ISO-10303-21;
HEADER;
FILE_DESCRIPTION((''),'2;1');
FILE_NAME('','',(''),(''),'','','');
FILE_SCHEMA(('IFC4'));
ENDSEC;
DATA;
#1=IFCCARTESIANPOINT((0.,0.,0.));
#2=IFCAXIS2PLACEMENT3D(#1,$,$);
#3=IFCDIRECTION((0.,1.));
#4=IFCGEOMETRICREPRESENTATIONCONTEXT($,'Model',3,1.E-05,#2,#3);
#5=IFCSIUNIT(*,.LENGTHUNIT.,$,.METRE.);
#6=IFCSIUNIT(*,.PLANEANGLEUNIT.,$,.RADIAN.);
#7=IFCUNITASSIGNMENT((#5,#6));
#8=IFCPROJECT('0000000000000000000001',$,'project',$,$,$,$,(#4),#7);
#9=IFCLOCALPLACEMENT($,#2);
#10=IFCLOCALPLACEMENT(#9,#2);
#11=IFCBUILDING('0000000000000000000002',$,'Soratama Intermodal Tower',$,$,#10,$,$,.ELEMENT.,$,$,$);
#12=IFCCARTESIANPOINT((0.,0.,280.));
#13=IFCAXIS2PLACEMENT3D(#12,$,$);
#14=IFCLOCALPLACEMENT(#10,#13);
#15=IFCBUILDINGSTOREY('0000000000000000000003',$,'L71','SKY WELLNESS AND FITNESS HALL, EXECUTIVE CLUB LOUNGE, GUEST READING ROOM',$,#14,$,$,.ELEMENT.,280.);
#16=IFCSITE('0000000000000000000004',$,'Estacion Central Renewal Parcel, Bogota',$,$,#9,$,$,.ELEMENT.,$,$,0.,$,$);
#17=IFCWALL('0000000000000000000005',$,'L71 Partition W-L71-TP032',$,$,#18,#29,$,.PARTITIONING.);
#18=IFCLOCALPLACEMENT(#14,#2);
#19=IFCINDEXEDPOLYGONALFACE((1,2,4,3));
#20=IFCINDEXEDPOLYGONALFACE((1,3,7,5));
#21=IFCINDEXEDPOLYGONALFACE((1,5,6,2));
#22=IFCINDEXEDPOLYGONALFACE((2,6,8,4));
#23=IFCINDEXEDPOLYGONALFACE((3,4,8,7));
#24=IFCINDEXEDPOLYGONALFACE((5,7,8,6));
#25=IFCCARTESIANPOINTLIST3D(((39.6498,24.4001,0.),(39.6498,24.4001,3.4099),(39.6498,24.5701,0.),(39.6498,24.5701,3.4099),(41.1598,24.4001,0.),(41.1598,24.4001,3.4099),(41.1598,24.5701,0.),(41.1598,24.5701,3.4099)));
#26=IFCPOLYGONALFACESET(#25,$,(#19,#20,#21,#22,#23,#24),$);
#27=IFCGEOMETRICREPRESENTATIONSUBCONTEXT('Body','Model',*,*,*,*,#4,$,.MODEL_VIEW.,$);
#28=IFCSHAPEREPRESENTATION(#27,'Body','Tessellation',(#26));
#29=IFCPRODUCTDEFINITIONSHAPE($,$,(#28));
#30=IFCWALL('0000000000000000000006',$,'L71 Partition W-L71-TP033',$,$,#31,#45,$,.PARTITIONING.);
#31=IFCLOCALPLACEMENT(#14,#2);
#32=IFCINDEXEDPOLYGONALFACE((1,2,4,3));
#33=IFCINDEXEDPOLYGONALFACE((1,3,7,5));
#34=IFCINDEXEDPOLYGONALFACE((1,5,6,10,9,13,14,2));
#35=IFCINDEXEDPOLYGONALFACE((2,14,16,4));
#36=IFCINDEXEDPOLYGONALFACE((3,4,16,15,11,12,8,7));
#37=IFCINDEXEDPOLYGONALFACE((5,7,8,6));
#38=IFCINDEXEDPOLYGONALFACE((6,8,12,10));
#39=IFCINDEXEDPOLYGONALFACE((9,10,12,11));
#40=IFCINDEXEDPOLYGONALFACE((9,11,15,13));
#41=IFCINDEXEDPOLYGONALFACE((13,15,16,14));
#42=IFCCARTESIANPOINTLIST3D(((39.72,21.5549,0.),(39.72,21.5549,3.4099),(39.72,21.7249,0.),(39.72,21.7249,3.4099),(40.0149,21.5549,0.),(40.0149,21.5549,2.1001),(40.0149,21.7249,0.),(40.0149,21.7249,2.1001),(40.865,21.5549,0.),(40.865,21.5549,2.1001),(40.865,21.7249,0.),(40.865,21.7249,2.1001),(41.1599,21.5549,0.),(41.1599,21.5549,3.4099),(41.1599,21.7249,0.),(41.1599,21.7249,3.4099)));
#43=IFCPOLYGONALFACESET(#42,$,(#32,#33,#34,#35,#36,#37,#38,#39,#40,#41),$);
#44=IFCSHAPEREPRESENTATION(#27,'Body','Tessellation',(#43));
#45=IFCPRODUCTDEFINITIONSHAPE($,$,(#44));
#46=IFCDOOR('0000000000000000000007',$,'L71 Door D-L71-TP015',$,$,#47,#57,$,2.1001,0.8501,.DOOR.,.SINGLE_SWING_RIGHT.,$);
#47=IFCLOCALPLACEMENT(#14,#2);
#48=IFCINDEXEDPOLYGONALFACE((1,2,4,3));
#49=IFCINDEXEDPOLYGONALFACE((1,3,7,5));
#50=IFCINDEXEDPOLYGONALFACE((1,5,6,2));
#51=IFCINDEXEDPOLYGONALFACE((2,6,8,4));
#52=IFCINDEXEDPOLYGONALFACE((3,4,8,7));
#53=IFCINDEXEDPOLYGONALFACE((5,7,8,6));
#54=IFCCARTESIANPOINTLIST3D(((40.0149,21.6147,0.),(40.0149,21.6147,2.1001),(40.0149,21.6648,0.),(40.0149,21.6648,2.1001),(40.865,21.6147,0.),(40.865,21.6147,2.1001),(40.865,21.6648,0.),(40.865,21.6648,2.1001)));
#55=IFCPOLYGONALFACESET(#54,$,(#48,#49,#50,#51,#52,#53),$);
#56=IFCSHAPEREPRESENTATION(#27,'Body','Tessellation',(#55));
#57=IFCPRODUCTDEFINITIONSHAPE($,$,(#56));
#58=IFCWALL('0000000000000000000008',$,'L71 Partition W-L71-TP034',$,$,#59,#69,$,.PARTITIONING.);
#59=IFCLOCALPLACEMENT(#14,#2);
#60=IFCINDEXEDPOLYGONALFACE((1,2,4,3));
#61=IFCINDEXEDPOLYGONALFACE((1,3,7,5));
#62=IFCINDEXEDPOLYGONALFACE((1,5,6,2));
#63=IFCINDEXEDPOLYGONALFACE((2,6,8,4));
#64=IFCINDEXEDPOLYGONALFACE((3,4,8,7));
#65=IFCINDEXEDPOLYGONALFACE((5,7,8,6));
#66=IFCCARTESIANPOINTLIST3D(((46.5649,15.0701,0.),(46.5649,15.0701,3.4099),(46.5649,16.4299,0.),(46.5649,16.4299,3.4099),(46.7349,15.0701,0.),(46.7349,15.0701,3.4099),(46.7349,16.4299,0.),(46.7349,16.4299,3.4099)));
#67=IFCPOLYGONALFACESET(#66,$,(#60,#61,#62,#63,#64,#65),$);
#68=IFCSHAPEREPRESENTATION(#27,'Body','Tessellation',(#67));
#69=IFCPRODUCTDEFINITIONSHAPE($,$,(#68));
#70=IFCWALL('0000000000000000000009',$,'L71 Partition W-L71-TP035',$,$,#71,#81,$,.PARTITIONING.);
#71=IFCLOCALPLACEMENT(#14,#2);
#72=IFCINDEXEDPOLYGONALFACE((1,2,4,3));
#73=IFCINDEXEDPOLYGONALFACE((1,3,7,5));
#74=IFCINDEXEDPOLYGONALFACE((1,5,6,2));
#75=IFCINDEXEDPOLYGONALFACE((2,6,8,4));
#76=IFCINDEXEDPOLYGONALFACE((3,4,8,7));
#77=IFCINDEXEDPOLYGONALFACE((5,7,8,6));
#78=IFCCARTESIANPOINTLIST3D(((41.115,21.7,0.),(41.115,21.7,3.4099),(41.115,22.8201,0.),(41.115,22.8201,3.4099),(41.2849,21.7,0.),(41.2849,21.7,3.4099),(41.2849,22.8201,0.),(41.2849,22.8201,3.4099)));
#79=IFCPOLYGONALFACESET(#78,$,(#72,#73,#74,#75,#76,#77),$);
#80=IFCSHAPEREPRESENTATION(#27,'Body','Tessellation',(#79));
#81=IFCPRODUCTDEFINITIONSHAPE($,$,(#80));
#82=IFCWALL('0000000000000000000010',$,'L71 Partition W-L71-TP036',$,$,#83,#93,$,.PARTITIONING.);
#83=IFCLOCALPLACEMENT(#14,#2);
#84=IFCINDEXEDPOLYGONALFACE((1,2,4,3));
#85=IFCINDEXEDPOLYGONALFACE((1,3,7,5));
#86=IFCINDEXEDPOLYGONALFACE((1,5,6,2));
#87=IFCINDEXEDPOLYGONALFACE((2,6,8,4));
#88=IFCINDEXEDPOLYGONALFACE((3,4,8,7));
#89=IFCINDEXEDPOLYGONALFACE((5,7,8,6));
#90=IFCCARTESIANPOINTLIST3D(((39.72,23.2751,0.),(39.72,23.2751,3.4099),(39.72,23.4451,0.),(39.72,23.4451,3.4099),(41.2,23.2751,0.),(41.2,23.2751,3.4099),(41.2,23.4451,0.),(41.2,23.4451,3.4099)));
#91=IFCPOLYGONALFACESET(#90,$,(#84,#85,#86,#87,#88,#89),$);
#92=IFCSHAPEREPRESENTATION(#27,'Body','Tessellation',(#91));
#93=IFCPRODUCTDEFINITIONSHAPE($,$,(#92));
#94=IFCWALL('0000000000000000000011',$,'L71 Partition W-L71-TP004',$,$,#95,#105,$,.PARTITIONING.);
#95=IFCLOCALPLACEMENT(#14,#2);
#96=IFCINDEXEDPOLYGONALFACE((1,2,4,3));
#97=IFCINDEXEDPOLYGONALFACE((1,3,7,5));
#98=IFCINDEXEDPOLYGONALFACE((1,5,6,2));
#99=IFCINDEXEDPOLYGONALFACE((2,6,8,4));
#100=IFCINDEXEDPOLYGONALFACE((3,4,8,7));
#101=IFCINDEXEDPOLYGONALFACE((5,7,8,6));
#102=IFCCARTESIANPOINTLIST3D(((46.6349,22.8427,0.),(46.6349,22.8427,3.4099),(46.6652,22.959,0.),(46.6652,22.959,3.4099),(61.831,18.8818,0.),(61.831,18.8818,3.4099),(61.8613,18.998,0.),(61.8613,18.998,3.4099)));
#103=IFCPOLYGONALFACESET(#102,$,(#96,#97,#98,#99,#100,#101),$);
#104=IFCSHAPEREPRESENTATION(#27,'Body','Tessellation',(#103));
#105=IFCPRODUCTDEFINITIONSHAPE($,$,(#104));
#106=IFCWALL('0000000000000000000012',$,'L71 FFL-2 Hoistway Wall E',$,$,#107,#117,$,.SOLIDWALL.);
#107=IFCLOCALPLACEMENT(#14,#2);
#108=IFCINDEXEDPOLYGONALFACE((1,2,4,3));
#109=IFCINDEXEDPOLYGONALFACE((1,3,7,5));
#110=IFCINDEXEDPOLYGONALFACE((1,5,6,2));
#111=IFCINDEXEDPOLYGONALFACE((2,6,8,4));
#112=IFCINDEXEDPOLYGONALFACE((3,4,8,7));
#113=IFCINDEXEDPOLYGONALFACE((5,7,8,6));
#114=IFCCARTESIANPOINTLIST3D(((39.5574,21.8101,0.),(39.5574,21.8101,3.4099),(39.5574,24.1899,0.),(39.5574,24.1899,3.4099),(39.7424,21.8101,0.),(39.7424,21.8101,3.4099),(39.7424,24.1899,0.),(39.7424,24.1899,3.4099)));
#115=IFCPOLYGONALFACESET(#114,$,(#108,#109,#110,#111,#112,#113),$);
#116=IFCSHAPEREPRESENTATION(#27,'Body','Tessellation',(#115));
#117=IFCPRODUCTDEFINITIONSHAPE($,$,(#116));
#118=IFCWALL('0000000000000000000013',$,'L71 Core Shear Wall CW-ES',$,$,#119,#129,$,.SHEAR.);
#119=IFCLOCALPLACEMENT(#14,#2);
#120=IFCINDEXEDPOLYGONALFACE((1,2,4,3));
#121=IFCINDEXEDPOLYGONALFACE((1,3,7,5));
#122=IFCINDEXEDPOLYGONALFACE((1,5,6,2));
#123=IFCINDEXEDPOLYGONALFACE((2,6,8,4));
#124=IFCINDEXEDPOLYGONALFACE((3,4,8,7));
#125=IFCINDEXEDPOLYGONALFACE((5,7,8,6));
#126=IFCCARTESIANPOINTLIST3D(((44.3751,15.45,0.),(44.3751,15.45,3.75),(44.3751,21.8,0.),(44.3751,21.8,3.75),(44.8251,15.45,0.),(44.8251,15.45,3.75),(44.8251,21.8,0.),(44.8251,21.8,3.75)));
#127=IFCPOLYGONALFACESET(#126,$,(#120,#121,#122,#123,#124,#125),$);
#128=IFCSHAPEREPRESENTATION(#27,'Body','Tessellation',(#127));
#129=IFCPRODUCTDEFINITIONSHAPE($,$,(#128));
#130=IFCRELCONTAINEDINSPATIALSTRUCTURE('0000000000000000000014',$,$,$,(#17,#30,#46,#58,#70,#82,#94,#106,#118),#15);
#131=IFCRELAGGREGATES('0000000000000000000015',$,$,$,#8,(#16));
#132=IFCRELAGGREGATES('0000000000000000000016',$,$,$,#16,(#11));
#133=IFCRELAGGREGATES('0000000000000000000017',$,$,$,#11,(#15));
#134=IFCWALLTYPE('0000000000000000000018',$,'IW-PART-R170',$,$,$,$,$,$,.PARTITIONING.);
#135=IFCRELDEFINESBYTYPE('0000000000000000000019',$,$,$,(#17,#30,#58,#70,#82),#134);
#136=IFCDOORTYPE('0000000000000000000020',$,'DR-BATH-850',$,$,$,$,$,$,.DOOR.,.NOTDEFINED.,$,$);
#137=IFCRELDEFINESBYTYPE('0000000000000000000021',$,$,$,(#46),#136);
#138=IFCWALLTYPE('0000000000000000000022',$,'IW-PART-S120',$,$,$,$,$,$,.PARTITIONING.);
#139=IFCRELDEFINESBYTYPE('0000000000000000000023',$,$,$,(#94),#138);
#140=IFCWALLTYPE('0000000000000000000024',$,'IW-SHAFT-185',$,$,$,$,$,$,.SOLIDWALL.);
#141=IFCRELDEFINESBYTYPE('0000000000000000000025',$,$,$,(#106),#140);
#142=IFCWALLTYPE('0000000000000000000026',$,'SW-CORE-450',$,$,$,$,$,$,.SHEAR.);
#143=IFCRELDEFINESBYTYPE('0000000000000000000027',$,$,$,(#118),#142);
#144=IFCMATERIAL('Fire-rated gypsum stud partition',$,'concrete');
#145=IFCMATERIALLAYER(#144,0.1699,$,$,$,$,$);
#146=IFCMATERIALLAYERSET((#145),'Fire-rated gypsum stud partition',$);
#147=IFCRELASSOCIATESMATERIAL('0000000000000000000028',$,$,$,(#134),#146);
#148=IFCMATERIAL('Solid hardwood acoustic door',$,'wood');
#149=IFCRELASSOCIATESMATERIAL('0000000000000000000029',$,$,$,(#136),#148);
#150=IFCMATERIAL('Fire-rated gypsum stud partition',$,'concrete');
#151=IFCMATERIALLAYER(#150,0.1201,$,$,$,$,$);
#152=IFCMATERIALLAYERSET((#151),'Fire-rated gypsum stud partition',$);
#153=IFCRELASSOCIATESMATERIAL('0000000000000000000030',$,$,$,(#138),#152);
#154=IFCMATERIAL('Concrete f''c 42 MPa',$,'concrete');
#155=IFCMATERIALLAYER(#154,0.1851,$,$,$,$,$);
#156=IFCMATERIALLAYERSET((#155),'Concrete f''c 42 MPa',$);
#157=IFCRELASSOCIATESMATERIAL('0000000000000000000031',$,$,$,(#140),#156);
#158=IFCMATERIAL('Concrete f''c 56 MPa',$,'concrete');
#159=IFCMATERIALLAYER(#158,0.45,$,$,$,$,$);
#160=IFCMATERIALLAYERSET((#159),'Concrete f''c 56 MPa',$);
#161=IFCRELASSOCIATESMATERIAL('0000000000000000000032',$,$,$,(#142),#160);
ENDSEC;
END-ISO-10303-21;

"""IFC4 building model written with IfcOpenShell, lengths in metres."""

from ifc_helpers import new_model, si_unit, direction, frame, frame_2d, origin, place, context, subcontext, project, spatial, rectangle, extrude, material, layer, layer_set, type_object, element, fill, save


model = new_model("IFC4")

# Units and contexts
model_context = context("Model", 3, precision=1e-05, world=origin(), true_north=direction((0.0, 1.0)))
body_context = subcontext(model_context, "Body", "Model", "MODEL_VIEW")
ifc_project = project(units=[si_unit("LENGTHUNIT", "METRE"), si_unit("PLANEANGLEUNIT", "RADIAN")], contexts=[model_context])

# Site, building, storey
site_placement = place(None, origin())
site = spatial("IfcSite", under=ifc_project, at=site_placement, Name="Estacion Central Renewal Parcel, Bogota", CompositionType="ELEMENT", RefElevation=0.0)
building_placement = place(site_placement, origin())
building = spatial("IfcBuilding", under=site, at=building_placement, Name="Soratama Intermodal Tower", CompositionType="ELEMENT")
storey_placement = place(building_placement, frame((0.0, 0.0, 280.0)))
storey = spatial("IfcBuildingStorey", under=building, at=storey_placement, Name="L71", Description="SKY WELLNESS AND FITNESS HALL, EXECUTIVE CLUB LOUNGE, GUEST READING ROOM", CompositionType="ELEMENT", Elevation=280.0)

# Shared definitions
ifc_material_1 = material(Name="Fire-rated gypsum stud partition", Category="concrete")
ifc_layer_1 = layer(ifc_material_1, 0.1699)
ifc_layer_set_1 = layer_set([ifc_layer_1], Name="Fire-rated gypsum stud partition")
wall_type_1 = type_object("IfcWallType", Name="IW-PART-R170", PredefinedType="PARTITIONING", material=ifc_layer_set_1)

# Wall
wall_1_placement = place(storey_placement, frame((39.6499, 24.4851, 0.0), z_axis=(0.0, 0.0, 1.0), x_axis=(1.0, 0.0, 0.0)))
element("IfcWall", 1, at=wall_1_placement, inside=storey, type_object=wall_type_1, Name="L71 Partition W-L71-TP032", PredefinedType="PARTITIONING", context=body_context, shape_type="SweptSolid", body=[
    extrude(rectangle(XDim=1.51, YDim=0.1699, at=frame_2d((0.7549, 0.0))), origin(), (0.0, 0.0, 1.0), 3.4099),
])

# Wall, opening, door
wall_2_placement = place(storey_placement, frame((39.72, 21.6399, 0.0), z_axis=(0.0, 0.0, 1.0), x_axis=(1.0, 0.0, 0.0)))
wall_2 = element("IfcWall", 2, at=wall_2_placement, inside=storey, type_object=wall_type_1, Name="L71 Partition W-L71-TP033", PredefinedType="PARTITIONING", context=body_context, shape_type="SweptSolid", body=[
    extrude(rectangle(XDim=1.4399, YDim=0.1699, at=frame_2d((0.72, 0.0))), origin(), (0.0, 0.0, 1.0), 3.4099),
])
opening_1_placement = place(wall_2_placement, frame((0.2949, 0.0, 0.0)))
opening_1 = element("IfcOpeningElement", 3, at=opening_1_placement, cuts=wall_2, PredefinedType="OPENING", context=body_context, shape_type="SweptSolid", body=[
    extrude(rectangle(XDim=0.8501, YDim=2.1001, at=frame_2d((0.425, 1.05))), frame((0.0, 0.095, 0.0), z_axis=(0.0, -1.0, 0.0), x_axis=(1.0, 0.0, 0.0)), (0.0, 0.0, 1.0), 0.1899),
])
ifc_material_2 = material(Name="Solid hardwood acoustic door", Category="wood")
door_type_1 = type_object("IfcDoorType", Name="DR-BATH-850", OperationType="NOTDEFINED", PredefinedType="DOOR", material=ifc_material_2)
door_1_placement = place(opening_1_placement, origin())
door_1 = element("IfcDoor", 4, at=door_1_placement, inside=storey, type_object=door_type_1, Name="L71 Door D-L71-TP015", OperationType="SINGLE_SWING_RIGHT", OverallHeight=2.1001, OverallWidth=0.8501, PredefinedType="DOOR", context=body_context, shape_type="SweptSolid", body=[
    extrude(rectangle(XDim=0.8501, YDim=2.1001, at=frame_2d((0.425, 1.05))), frame((0.0, 0.0249, 0.0), z_axis=(0.0, -1.0, 0.0), x_axis=(1.0, 0.0, 0.0)), (0.0, 0.0, 1.0), 0.05),
])
fill(opening_1, door_1)

# Walls
wall_3_placement = place(storey_placement, frame((46.6499, 16.4299, 0.0), z_axis=(0.0, 0.0, 1.0), x_axis=(0.0, -1.0, 0.0)))
element("IfcWall", 5, at=wall_3_placement, inside=storey, type_object=wall_type_1, Name="L71 Partition W-L71-TP034", PredefinedType="PARTITIONING", context=body_context, shape_type="SweptSolid", body=[
    extrude(rectangle(XDim=1.3599, YDim=0.1699, at=frame_2d((0.6799, 0.0))), origin(), (0.0, 0.0, 1.0), 3.4099),
])
wall_4_placement = place(storey_placement, frame((41.2, 21.7, 0.0), z_axis=(0.0, 0.0, 1.0), x_axis=(0.0, 1.0, 0.0)))
element("IfcWall", 6, at=wall_4_placement, inside=storey, type_object=wall_type_1, Name="L71 Partition W-L71-TP035", PredefinedType="PARTITIONING", context=body_context, shape_type="SweptSolid", body=[
    extrude(rectangle(XDim=1.1201, YDim=0.1699, at=frame_2d((0.5601, 0.0))), origin(), (0.0, 0.0, 1.0), 3.4099),
])
wall_5_placement = place(storey_placement, frame((41.2, 23.3601, 0.0), z_axis=(0.0, 0.0, 1.0), x_axis=(-1.0, 0.0, 0.0)))
element("IfcWall", 7, at=wall_5_placement, inside=storey, type_object=wall_type_1, Name="L71 Partition W-L71-TP036", PredefinedType="PARTITIONING", context=body_context, shape_type="SweptSolid", body=[
    extrude(rectangle(XDim=1.48, YDim=0.1699, at=frame_2d((0.74, 0.0))), origin(), (0.0, 0.0, 1.0), 3.4099),
])
ifc_material_3 = material(Name="Fire-rated gypsum stud partition", Category="concrete")
ifc_layer_2 = layer(ifc_material_3, 0.1201)
ifc_layer_set_2 = layer_set([ifc_layer_2], Name="Fire-rated gypsum stud partition")
wall_type_2 = type_object("IfcWallType", Name="IW-PART-S120", PredefinedType="PARTITIONING", material=ifc_layer_set_2)
wall_6_placement = place(storey_placement, frame((46.6499, 22.9009, 0.0), z_axis=(0.0, 0.0, 1.0), x_axis=(0.967668, -0.252228, 0.0)))
element("IfcWall", 8, at=wall_6_placement, inside=storey, type_object=wall_type_2, Name="L71 Partition W-L71-TP004", PredefinedType="PARTITIONING", context=body_context, shape_type="SweptSolid", body=[
    extrude(rectangle(XDim=15.7039, YDim=0.1201, at=frame_2d((7.8521, 0.0))), origin(), (0.0, 0.0, 1.0), 3.4099),
])
ifc_material_4 = material(Name="Concrete f'c 42 MPa", Category="concrete")
ifc_layer_3 = layer(ifc_material_4, 0.1851)
ifc_layer_set_3 = layer_set([ifc_layer_3], Name="Concrete f'c 42 MPa")
wall_type_3 = type_object("IfcWallType", Name="IW-SHAFT-185", PredefinedType="SOLIDWALL", material=ifc_layer_set_3)
wall_7_placement = place(storey_placement, frame((39.6499, 21.8101, 0.0), z_axis=(0.0, 0.0, 1.0), x_axis=(0.0, 1.0, 0.0)))
element("IfcWall", 9, at=wall_7_placement, inside=storey, type_object=wall_type_3, Name="L71 FFL-2 Hoistway Wall E", PredefinedType="SOLIDWALL", context=body_context, shape_type="SweptSolid", body=[
    extrude(rectangle(XDim=2.3799, YDim=0.1851, at=frame_2d((1.1899, 0.0))), origin(), (0.0, 0.0, 1.0), 3.4099),
])
ifc_material_5 = material(Name="Concrete f'c 56 MPa", Category="concrete")
ifc_layer_4 = layer(ifc_material_5, 0.45)
ifc_layer_set_4 = layer_set([ifc_layer_4], Name="Concrete f'c 56 MPa")
wall_type_4 = type_object("IfcWallType", Name="SW-CORE-450", PredefinedType="SHEAR", material=ifc_layer_set_4)
wall_8_placement = place(storey_placement, frame((44.6001, 15.45, 0.0), z_axis=(0.0, 0.0, 1.0), x_axis=(0.0, 1.0, 0.0)))
element("IfcWall", 10, at=wall_8_placement, inside=storey, type_object=wall_type_4, Name="L71 Core Shear Wall CW-ES", PredefinedType="SHEAR", context=body_context, shape_type="SweptSolid", body=[
    extrude(rectangle(XDim=6.3501, YDim=0.45, at=frame_2d((3.175, 0.0))), origin(), (0.0, 0.0, 1.0), 3.75),
])

save(model, "model.ifc")
